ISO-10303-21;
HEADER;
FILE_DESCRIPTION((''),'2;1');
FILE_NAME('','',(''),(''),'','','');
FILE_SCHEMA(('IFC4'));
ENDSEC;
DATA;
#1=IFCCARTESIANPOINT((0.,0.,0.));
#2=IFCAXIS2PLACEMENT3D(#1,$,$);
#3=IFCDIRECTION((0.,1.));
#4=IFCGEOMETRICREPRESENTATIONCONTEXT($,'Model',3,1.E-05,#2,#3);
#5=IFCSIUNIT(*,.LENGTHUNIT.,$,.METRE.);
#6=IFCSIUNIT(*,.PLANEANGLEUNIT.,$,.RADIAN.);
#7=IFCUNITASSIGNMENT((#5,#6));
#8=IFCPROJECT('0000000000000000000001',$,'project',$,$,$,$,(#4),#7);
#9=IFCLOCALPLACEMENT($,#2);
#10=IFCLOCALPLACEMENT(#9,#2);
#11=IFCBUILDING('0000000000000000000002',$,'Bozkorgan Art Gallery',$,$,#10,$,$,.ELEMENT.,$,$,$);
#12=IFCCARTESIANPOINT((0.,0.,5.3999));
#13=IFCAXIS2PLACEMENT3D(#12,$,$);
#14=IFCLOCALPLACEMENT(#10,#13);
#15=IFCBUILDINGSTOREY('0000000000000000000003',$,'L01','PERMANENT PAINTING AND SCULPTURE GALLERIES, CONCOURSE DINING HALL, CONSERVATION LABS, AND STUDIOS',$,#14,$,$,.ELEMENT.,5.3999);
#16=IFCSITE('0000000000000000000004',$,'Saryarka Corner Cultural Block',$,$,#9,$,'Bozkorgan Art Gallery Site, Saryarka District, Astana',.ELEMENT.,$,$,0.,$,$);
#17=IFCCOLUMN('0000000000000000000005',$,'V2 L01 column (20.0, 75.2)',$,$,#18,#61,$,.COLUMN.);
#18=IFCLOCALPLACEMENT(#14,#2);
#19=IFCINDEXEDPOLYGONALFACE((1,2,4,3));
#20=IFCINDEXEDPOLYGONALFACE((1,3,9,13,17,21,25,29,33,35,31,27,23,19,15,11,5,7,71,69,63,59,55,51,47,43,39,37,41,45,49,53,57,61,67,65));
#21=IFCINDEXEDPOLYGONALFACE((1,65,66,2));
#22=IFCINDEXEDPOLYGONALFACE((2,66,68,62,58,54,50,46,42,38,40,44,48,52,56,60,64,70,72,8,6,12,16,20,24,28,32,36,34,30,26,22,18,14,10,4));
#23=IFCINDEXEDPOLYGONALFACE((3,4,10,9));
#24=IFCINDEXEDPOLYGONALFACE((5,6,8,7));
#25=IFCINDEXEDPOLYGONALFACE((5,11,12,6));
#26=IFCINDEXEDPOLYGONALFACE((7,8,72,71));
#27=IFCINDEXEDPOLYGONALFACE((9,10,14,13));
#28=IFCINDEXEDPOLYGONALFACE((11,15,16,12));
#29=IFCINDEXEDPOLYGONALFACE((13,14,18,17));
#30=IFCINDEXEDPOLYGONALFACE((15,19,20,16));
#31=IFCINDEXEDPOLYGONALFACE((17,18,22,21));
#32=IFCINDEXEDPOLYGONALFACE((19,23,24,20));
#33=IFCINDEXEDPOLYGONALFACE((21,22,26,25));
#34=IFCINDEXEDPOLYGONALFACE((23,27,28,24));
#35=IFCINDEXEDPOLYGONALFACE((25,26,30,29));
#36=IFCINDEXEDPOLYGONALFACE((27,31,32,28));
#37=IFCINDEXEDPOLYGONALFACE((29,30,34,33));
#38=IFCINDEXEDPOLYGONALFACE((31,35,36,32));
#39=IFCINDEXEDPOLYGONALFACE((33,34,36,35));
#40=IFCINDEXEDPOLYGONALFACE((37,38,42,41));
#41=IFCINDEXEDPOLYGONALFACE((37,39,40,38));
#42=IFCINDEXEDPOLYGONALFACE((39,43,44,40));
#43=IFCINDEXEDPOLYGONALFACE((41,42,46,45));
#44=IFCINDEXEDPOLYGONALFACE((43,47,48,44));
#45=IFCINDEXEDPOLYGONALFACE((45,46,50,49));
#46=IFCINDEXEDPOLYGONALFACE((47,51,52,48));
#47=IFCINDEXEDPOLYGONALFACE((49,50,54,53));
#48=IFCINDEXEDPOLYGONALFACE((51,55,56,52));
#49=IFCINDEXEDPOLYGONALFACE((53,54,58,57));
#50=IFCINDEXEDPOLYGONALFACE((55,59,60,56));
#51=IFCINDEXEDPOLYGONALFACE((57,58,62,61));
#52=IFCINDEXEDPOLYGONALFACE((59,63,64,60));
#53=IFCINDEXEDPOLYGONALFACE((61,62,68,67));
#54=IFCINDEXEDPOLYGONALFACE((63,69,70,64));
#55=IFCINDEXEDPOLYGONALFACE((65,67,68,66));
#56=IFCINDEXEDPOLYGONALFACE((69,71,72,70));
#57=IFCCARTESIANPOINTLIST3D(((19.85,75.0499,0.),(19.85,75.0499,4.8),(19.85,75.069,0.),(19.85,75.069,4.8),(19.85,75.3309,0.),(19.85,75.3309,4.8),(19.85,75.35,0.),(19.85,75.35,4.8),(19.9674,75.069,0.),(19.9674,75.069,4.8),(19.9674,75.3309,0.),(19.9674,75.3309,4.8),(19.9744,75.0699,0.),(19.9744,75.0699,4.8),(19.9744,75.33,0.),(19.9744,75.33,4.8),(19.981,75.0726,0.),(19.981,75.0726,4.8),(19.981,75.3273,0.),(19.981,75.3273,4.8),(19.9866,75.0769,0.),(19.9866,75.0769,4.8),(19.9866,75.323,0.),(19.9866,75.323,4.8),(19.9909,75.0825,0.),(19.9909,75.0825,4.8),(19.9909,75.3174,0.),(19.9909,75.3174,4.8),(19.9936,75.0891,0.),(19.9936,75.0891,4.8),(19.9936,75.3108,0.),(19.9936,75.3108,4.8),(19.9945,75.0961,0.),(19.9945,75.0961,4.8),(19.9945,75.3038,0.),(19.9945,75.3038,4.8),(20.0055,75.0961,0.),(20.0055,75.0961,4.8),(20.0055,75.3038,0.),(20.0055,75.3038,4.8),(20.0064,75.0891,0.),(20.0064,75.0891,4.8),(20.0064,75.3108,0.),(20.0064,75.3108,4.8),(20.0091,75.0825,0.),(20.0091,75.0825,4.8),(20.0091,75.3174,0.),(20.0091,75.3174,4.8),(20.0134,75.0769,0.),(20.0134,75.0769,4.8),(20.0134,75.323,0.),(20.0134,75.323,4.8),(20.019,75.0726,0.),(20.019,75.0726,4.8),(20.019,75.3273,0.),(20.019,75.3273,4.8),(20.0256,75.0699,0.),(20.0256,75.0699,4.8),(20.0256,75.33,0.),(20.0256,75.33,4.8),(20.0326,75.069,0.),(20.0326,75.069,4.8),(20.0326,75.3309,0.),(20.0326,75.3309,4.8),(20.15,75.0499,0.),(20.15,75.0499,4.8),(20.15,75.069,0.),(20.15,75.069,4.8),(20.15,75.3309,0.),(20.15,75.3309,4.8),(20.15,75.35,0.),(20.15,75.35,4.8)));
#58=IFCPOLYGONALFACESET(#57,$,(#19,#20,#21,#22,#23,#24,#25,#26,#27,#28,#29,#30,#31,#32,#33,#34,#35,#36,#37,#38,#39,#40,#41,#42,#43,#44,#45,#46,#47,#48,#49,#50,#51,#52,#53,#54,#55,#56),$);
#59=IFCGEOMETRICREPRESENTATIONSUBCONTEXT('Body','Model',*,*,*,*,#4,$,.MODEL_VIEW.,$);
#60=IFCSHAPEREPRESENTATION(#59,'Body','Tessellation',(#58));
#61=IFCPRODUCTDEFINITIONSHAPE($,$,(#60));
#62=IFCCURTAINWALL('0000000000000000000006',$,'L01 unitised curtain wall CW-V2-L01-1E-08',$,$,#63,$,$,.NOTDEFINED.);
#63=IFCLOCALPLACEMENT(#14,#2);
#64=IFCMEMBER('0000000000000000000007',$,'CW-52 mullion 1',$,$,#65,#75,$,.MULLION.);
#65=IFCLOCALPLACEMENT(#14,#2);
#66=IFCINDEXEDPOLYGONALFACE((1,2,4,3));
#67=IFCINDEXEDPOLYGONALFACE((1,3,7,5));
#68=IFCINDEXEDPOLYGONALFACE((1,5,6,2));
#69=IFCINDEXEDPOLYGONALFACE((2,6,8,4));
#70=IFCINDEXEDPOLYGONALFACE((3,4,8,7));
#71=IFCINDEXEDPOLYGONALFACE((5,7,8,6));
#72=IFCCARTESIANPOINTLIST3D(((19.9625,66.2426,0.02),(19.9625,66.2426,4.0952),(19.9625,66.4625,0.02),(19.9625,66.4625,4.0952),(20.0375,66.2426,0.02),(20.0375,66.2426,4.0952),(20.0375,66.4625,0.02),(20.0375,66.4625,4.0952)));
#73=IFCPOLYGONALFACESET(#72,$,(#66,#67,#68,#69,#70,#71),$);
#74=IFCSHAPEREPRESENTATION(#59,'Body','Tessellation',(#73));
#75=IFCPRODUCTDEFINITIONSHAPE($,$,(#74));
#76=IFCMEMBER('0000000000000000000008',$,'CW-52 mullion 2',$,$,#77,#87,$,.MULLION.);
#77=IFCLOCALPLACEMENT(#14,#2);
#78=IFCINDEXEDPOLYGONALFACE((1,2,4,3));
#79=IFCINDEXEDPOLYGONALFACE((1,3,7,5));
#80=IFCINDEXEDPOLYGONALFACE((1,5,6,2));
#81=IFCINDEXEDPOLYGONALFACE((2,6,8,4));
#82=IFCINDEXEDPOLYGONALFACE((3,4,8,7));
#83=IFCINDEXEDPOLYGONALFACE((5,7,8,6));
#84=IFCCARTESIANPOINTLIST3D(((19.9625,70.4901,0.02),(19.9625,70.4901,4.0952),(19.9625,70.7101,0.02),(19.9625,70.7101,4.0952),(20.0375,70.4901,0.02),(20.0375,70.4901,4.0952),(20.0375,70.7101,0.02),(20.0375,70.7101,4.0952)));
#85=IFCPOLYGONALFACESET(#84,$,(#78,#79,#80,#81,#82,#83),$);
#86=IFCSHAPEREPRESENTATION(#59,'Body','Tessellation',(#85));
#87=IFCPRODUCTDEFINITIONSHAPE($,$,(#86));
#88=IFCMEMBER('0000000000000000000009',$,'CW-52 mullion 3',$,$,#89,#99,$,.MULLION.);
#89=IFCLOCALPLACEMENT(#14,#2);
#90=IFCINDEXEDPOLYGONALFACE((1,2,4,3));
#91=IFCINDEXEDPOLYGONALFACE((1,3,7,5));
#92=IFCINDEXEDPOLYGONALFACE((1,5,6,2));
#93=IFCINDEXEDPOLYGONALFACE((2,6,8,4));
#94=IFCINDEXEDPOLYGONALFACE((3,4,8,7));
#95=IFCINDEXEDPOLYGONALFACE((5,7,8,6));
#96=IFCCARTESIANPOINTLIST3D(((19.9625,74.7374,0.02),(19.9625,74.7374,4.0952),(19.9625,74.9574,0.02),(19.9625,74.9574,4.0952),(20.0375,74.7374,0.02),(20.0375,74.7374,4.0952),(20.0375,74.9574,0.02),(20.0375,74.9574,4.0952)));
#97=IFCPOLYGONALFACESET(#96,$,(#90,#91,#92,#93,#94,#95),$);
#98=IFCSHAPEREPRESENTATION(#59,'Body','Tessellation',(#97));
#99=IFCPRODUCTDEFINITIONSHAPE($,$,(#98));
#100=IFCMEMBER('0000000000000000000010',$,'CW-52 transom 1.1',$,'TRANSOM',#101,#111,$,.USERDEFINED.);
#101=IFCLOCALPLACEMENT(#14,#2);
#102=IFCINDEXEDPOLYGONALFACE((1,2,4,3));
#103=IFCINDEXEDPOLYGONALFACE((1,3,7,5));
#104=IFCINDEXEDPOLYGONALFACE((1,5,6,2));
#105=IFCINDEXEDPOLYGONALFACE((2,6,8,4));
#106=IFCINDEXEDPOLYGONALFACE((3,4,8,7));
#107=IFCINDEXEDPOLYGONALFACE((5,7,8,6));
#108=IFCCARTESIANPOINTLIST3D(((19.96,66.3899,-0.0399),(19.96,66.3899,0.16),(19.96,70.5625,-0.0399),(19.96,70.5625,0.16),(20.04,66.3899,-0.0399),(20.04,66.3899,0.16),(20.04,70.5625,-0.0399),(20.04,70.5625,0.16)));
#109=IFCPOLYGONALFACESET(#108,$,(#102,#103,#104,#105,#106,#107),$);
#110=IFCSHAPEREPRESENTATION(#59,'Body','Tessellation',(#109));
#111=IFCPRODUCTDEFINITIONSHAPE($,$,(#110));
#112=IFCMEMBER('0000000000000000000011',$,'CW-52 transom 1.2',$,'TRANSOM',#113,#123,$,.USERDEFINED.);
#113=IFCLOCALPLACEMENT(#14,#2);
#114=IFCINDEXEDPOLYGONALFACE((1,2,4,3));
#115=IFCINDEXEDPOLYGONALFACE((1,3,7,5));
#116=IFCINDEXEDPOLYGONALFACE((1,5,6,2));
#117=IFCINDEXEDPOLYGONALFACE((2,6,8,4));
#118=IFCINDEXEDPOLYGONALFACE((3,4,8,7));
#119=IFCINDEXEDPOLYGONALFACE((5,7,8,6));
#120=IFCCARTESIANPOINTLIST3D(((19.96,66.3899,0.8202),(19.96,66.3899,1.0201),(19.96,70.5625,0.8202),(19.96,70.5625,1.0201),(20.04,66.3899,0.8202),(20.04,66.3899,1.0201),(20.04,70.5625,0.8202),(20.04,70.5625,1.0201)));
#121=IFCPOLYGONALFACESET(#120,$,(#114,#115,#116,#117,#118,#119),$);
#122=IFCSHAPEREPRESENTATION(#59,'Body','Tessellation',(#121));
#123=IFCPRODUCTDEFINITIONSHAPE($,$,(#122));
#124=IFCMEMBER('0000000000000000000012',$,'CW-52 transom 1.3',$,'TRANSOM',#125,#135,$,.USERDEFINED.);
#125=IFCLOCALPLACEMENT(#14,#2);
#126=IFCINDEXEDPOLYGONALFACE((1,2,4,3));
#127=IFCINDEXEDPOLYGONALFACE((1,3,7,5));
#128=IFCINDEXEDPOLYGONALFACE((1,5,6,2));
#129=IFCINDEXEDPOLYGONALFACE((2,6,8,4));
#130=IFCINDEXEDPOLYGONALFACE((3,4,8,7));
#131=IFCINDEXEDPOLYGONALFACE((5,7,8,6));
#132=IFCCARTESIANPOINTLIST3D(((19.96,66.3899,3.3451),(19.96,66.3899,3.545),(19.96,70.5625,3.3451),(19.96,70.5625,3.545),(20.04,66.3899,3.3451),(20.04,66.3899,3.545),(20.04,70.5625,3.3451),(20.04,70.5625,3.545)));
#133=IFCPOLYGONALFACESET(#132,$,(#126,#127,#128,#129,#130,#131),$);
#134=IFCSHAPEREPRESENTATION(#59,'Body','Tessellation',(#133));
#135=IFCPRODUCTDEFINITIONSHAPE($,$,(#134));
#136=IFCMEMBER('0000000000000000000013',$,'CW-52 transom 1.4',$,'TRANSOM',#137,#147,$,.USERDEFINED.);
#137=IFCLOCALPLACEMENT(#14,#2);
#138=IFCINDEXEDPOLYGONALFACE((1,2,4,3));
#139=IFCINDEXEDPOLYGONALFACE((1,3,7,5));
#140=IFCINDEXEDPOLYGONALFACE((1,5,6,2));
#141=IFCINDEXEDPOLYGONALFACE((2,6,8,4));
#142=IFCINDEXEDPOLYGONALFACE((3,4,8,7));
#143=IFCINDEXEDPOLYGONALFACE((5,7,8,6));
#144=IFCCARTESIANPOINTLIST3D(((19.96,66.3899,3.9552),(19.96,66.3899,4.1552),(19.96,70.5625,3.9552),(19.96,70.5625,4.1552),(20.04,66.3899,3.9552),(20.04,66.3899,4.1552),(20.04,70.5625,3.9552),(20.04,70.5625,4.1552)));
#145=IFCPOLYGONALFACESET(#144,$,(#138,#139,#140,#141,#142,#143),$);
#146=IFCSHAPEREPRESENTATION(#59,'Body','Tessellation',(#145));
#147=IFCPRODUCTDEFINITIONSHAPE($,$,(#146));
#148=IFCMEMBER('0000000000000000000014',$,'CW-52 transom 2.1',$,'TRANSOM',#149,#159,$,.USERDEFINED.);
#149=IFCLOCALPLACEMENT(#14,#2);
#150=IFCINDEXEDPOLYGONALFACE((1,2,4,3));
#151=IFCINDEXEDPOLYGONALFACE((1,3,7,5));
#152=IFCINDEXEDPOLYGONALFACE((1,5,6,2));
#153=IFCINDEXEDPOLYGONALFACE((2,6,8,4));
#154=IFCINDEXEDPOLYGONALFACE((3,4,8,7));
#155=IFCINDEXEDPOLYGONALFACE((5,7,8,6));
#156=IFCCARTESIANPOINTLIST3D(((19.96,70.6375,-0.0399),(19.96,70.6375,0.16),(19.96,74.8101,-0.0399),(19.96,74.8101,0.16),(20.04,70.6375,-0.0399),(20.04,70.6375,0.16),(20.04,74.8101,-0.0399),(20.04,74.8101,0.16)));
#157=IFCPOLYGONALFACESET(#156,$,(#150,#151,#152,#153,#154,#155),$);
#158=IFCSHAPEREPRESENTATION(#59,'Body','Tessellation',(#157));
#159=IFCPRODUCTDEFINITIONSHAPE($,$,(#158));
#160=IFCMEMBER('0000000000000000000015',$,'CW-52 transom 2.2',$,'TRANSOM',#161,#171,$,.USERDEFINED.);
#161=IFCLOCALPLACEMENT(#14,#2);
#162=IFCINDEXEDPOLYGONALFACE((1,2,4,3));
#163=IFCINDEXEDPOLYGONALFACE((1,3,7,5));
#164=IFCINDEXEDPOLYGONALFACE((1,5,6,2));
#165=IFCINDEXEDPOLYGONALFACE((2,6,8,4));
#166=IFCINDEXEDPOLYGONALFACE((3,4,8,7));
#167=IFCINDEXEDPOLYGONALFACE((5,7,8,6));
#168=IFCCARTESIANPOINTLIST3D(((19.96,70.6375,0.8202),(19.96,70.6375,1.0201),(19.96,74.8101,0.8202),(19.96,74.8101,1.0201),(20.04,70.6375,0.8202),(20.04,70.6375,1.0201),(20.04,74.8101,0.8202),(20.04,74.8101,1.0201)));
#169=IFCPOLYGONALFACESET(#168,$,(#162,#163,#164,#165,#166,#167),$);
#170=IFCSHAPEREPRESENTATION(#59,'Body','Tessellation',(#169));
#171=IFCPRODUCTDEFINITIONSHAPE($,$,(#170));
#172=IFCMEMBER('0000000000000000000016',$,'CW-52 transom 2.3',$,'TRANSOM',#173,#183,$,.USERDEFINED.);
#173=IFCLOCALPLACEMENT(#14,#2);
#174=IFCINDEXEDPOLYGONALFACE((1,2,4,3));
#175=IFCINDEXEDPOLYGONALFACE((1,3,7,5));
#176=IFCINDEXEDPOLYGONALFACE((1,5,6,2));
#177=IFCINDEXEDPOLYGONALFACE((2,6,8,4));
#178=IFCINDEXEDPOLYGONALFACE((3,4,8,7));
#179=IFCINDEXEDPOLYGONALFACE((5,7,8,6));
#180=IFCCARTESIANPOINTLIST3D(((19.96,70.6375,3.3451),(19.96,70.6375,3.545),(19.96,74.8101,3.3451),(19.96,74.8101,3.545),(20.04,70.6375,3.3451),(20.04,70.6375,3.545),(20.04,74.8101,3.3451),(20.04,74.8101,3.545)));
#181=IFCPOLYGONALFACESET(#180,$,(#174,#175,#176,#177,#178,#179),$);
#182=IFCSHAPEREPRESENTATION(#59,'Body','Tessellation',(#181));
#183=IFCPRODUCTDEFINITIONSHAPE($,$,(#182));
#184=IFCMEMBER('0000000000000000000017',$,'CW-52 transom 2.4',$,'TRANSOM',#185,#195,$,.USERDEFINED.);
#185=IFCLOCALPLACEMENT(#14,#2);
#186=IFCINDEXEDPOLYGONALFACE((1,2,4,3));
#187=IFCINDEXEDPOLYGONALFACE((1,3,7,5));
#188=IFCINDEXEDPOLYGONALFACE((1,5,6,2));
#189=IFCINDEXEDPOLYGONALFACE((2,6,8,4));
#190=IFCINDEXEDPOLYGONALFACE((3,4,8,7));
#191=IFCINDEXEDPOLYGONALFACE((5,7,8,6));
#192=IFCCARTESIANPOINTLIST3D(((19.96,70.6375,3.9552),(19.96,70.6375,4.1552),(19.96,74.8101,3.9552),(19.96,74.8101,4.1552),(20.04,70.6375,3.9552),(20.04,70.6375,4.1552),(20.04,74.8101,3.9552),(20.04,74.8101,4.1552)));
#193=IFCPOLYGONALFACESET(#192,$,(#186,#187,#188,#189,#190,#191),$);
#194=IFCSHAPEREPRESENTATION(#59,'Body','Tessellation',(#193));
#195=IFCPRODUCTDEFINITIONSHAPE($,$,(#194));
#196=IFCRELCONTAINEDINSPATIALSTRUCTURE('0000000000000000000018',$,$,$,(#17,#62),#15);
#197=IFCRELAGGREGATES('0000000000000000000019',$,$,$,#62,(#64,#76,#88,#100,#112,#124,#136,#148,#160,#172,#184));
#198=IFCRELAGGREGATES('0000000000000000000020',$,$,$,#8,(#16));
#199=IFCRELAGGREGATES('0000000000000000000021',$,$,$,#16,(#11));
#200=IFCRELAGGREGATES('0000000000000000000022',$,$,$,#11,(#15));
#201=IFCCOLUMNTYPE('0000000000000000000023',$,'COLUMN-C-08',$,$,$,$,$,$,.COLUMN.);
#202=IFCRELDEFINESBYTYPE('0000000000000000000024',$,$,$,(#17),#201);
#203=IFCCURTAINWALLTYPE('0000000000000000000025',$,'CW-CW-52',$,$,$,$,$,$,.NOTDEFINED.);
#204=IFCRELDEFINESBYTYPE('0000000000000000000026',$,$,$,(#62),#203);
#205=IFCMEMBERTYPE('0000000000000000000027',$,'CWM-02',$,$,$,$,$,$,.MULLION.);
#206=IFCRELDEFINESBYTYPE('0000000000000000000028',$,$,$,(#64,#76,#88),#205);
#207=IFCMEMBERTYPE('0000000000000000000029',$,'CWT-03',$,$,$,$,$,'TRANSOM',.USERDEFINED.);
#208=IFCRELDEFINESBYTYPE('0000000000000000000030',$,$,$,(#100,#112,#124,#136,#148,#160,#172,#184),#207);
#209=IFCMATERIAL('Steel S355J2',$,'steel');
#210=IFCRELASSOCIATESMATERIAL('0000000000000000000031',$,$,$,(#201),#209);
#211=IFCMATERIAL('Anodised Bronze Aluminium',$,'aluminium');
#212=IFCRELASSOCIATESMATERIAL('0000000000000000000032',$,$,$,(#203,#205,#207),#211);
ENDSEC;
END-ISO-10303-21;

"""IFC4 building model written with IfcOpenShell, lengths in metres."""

from ifc_helpers import new_model, si_unit, direction, frame, origin, origin_2d, place, context, subcontext, project, spatial, rectangle, i_section, extrude, material, material_profile, profile_set, type_object, element, aggregate, save


model = new_model("IFC4")

# Units and contexts
model_context = context("Model", 3, precision=1e-05, world=origin(), true_north=direction((0.0, 1.0)))
body_context = subcontext(model_context, "Body", "Model", "MODEL_VIEW")
ifc_project = project(units=[si_unit("LENGTHUNIT", "METRE"), si_unit("PLANEANGLEUNIT", "RADIAN")], contexts=[model_context])

# Site, building, storey
site_placement = place(None, origin())
site = spatial("IfcSite", under=ifc_project, at=site_placement, Name="Saryarka Corner Cultural Block", LongName="Bozkorgan Art Gallery Site, Saryarka District, Astana", CompositionType="ELEMENT", RefElevation=0.0)
building_placement = place(site_placement, origin())
building = spatial("IfcBuilding", under=site, at=building_placement, Name="Bozkorgan Art Gallery", CompositionType="ELEMENT")
storey_placement = place(building_placement, frame((0.0, 0.0, 5.3999)))
storey = spatial("IfcBuildingStorey", under=building, at=storey_placement, Name="L01", Description="PERMANENT PAINTING AND SCULPTURE GALLERIES, CONCOURSE DINING HALL, CONSERVATION LABS, AND STUDIOS", CompositionType="ELEMENT", Elevation=5.3999)

# Column
ifc_material_1 = material(Name="Steel S355J2", Category="steel")
ifc_material_profile_1 = material_profile(ifc_material_1, i_section(OverallWidth=0.3, OverallDepth=0.3, WebThickness=0.011, FlangeThickness=0.019, FilletRadius=0.0271, at=origin_2d()), Name="HEB 300")
ifc_profile_set_1 = profile_set([ifc_material_profile_1], Name="Steel S355J2")
column_type = type_object("IfcColumnType", Name="COLUMN-C-08", PredefinedType="COLUMN", material=ifc_profile_set_1)
column_placement = place(storey_placement, frame((20.0, 75.2, 0.0), z_axis=(0.0, 0.0, 1.0), x_axis=(1.0, 0.0, 0.0)))
element("IfcColumn", 1, at=column_placement, inside=storey, type_object=column_type, Name="V2 L01 column (20.0, 75.2)", PredefinedType="COLUMN", context=body_context, shape_type="SweptSolid", body=[
    extrude(i_section(OverallWidth=0.3, OverallDepth=0.3, WebThickness=0.011, FlangeThickness=0.019, FilletRadius=0.0271, at=origin_2d()), origin(), (0.0, 0.0, 1.0), 4.8),
])

# Curtain wall, members
ifc_material_2 = material(Name="Anodised Bronze Aluminium", Category="aluminium")
curtain_wall_type = type_object("IfcCurtainWallType", Name="CW-CW-52", PredefinedType="NOTDEFINED", material=ifc_material_2)
curtain_wall_placement = place(storey_placement, origin())
curtain_wall = element("IfcCurtainWall", 2, at=curtain_wall_placement, inside=storey, type_object=curtain_wall_type, Name="L01 unitised curtain wall CW-V2-L01-1E-08", PredefinedType="NOTDEFINED")
ifc_material_profile_2 = material_profile(ifc_material_2, rectangle(XDim=0.075, YDim=0.22, at=origin_2d()), Name="ALU MULLION 75x220")
ifc_profile_set_2 = profile_set([ifc_material_profile_2], Name="Anodised Bronze Aluminium")
member_type_1 = type_object("IfcMemberType", Name="CWM-02", PredefinedType="MULLION", material=ifc_profile_set_2)
member_1_placement = place(storey_placement, frame((20.0, 66.3525, 0.02), z_axis=(0.0, 0.0, 1.0), x_axis=(-1.0, 0.0, 0.0)))
member_1 = element("IfcMember", 3, at=member_1_placement, type_object=member_type_1, Name="CW-52 mullion 1", PredefinedType="MULLION", context=body_context, shape_type="SweptSolid", body=[
    extrude(rectangle(XDim=0.075, YDim=0.22, at=origin_2d()), origin(), (0.0, 0.0, 1.0), 4.0752),
])
member_2_placement = place(storey_placement, frame((20.0, 70.6001, 0.02), z_axis=(0.0, 0.0, 1.0), x_axis=(-1.0, 0.0, 0.0)))
member_2 = element("IfcMember", 4, at=member_2_placement, type_object=member_type_1, Name="CW-52 mullion 2", PredefinedType="MULLION", context=body_context, shape_type="SweptSolid", body=[
    extrude(rectangle(XDim=0.075, YDim=0.22, at=origin_2d()), origin(), (0.0, 0.0, 1.0), 4.0752),
])
member_3_placement = place(storey_placement, frame((20.0, 74.8474, 0.02), z_axis=(0.0, 0.0, 1.0), x_axis=(-1.0, 0.0, 0.0)))
member_3 = element("IfcMember", 5, at=member_3_placement, type_object=member_type_1, Name="CW-52 mullion 3", PredefinedType="MULLION", context=body_context, shape_type="SweptSolid", body=[
    extrude(rectangle(XDim=0.075, YDim=0.22, at=origin_2d()), origin(), (0.0, 0.0, 1.0), 4.0752),
])
ifc_material_profile_3 = material_profile(ifc_material_2, rectangle(XDim=0.0801, YDim=0.2, at=origin_2d()), Name="ALU TRANSOM 80x200")
ifc_profile_set_3 = profile_set([ifc_material_profile_3], Name="Anodised Bronze Aluminium")
member_type_2 = type_object("IfcMemberType", Name="CWT-03", ElementType="TRANSOM", PredefinedType="USERDEFINED", material=ifc_profile_set_3)
member_4_placement = place(storey_placement, frame((20.0, 66.3899, 0.0601), z_axis=(0.0, 1.0, 0.0), x_axis=(-1.0, 0.0, 0.0)))
member_4 = element("IfcMember", 6, at=member_4_placement, type_object=member_type_2, Name="CW-52 transom 1.1", ObjectType="TRANSOM", PredefinedType="USERDEFINED", context=body_context, shape_type="SweptSolid", body=[
    extrude(rectangle(XDim=0.0801, YDim=0.2, at=origin_2d()), origin(), (0.0, 0.0, 1.0), 4.1726),
])
member_5_placement = place(storey_placement, frame((20.0, 66.3899, 0.9202), z_axis=(0.0, 1.0, 0.0), x_axis=(-1.0, 0.0, 0.0)))
member_5 = element("IfcMember", 7, at=member_5_placement, type_object=member_type_2, Name="CW-52 transom 1.2", ObjectType="TRANSOM", PredefinedType="USERDEFINED", context=body_context, shape_type="SweptSolid", body=[
    extrude(rectangle(XDim=0.0801, YDim=0.2, at=origin_2d()), origin(), (0.0, 0.0, 1.0), 4.1726),
])
member_6_placement = place(storey_placement, frame((20.0, 66.3899, 3.4451), z_axis=(0.0, 1.0, 0.0), x_axis=(-1.0, 0.0, 0.0)))
member_6 = element("IfcMember", 8, at=member_6_placement, type_object=member_type_2, Name="CW-52 transom 1.3", ObjectType="TRANSOM", PredefinedType="USERDEFINED", context=body_context, shape_type="SweptSolid", body=[
    extrude(rectangle(XDim=0.0801, YDim=0.2, at=origin_2d()), origin(), (0.0, 0.0, 1.0), 4.1726),
])
member_7_placement = place(storey_placement, frame((20.0, 66.3899, 4.0552), z_axis=(0.0, 1.0, 0.0), x_axis=(-1.0, 0.0, 0.0)))
member_7 = element("IfcMember", 9, at=member_7_placement, type_object=member_type_2, Name="CW-52 transom 1.4", ObjectType="TRANSOM", PredefinedType="USERDEFINED", context=body_context, shape_type="SweptSolid", body=[
    extrude(rectangle(XDim=0.0801, YDim=0.2, at=origin_2d()), origin(), (0.0, 0.0, 1.0), 4.1726),
])
member_8_placement = place(storey_placement, frame((20.0, 70.6375, 0.0601), z_axis=(0.0, 1.0, 0.0), x_axis=(-1.0, 0.0, 0.0)))
member_8 = element("IfcMember", 10, at=member_8_placement, type_object=member_type_2, Name="CW-52 transom 2.1", ObjectType="TRANSOM", PredefinedType="USERDEFINED", context=body_context, shape_type="SweptSolid", body=[
    extrude(rectangle(XDim=0.0801, YDim=0.2, at=origin_2d()), origin(), (0.0, 0.0, 1.0), 4.1726),
])
member_9_placement = place(storey_placement, frame((20.0, 70.6375, 0.9202), z_axis=(0.0, 1.0, 0.0), x_axis=(-1.0, 0.0, 0.0)))
member_9 = element("IfcMember", 11, at=member_9_placement, type_object=member_type_2, Name="CW-52 transom 2.2", ObjectType="TRANSOM", PredefinedType="USERDEFINED", context=body_context, shape_type="SweptSolid", body=[
    extrude(rectangle(XDim=0.0801, YDim=0.2, at=origin_2d()), origin(), (0.0, 0.0, 1.0), 4.1726),
])
member_10_placement = place(storey_placement, frame((20.0, 70.6375, 3.4451), z_axis=(0.0, 1.0, 0.0), x_axis=(-1.0, 0.0, 0.0)))
member_10 = element("IfcMember", 12, at=member_10_placement, type_object=member_type_2, Name="CW-52 transom 2.3", ObjectType="TRANSOM", PredefinedType="USERDEFINED", context=body_context, shape_type="SweptSolid", body=[
    extrude(rectangle(XDim=0.0801, YDim=0.2, at=origin_2d()), origin(), (0.0, 0.0, 1.0), 4.1726),
])
member_11_placement = place(storey_placement, frame((20.0, 70.6375, 4.0552), z_axis=(0.0, 1.0, 0.0), x_axis=(-1.0, 0.0, 0.0)))
member_11 = element("IfcMember", 13, at=member_11_placement, type_object=member_type_2, Name="CW-52 transom 2.4", ObjectType="TRANSOM", PredefinedType="USERDEFINED", context=body_context, shape_type="SweptSolid", body=[
    extrude(rectangle(XDim=0.0801, YDim=0.2, at=origin_2d()), origin(), (0.0, 0.0, 1.0), 4.1726),
])

aggregate(curtain_wall, [member_1, member_2, member_3, member_4, member_5, member_6, member_7, member_8, member_9, member_10, member_11])

save(model, "model.ifc")
